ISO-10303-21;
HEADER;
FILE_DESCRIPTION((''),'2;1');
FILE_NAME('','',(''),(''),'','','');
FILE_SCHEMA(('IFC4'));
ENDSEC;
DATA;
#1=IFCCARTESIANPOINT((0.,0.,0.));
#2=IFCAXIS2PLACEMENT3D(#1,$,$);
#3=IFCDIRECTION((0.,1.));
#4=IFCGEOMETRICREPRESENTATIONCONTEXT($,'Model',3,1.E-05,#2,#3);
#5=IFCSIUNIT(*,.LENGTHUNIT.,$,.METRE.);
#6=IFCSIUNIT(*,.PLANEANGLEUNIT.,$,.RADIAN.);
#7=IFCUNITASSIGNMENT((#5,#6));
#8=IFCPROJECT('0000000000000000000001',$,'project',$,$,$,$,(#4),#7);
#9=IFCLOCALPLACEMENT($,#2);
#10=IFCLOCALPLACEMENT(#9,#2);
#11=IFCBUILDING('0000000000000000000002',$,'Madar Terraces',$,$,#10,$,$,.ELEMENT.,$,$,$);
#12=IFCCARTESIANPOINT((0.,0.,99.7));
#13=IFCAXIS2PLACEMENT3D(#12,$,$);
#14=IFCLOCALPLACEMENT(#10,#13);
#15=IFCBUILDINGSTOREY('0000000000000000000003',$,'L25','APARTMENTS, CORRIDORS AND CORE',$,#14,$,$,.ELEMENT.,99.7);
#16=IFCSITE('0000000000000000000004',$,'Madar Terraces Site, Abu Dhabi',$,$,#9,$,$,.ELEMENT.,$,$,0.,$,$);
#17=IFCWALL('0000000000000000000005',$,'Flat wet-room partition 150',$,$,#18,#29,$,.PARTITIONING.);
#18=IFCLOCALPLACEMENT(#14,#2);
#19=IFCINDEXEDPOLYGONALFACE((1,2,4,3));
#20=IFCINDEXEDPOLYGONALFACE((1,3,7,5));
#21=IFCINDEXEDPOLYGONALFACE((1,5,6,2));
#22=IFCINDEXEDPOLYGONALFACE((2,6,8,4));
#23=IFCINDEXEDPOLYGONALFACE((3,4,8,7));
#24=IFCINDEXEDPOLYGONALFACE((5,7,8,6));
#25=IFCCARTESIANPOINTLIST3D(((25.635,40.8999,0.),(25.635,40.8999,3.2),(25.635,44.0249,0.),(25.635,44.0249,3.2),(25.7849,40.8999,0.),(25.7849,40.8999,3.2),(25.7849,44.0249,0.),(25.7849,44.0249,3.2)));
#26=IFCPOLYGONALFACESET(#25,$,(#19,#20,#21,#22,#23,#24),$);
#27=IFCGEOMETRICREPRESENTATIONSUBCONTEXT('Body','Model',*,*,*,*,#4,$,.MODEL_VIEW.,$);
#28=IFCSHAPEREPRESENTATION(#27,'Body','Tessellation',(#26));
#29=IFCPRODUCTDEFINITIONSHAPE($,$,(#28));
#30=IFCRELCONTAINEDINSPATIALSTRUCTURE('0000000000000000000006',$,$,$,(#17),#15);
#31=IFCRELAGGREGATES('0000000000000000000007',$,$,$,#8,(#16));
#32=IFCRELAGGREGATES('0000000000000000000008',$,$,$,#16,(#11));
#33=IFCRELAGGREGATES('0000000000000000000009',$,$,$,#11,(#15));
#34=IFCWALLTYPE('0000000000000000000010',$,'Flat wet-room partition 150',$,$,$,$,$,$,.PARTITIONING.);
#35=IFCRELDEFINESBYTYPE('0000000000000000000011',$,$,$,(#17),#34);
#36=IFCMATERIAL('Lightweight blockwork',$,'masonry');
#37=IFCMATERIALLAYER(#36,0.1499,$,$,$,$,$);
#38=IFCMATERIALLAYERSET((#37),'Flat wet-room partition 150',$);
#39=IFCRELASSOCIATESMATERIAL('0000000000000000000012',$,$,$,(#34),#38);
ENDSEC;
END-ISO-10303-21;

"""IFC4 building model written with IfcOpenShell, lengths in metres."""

from ifc_helpers import new_model, si_unit, direction, frame, frame_2d, origin, place, context, subcontext, project, spatial, rectangle, extrude, material, layer, layer_set, type_object, element, save


model = new_model("IFC4")

# Units and contexts
model_context = context("Model", 3, precision=1e-05, world=origin(), true_north=direction((0.0, 1.0)))
body_context = subcontext(model_context, "Body", "Model", "MODEL_VIEW")
ifc_project = project(units=[si_unit("LENGTHUNIT", "METRE"), si_unit("PLANEANGLEUNIT", "RADIAN")], contexts=[model_context])

# Site, building, storey
site_placement = place(None, origin())
site = spatial("IfcSite", under=ifc_project, at=site_placement, Name="Madar Terraces Site, Abu Dhabi", CompositionType="ELEMENT", RefElevation=0.0)
building_placement = place(site_placement, origin())
building = spatial("IfcBuilding", under=site, at=building_placement, Name="Madar Terraces", CompositionType="ELEMENT")
storey_placement = place(building_placement, frame((0.0, 0.0, 99.7)))
storey = spatial("IfcBuildingStorey", under=building, at=storey_placement, Name="L25", Description="APARTMENTS, CORRIDORS AND CORE", CompositionType="ELEMENT", Elevation=99.7)

# Wall
ifc_material_1 = material(Name="Lightweight blockwork", Category="masonry")
ifc_layer_1 = layer(ifc_material_1, 0.1499)
ifc_layer_set_1 = layer_set([ifc_layer_1], Name="Flat wet-room partition 150")
wall_type_1 = type_object("IfcWallType", Name="Flat wet-room partition 150", PredefinedType="PARTITIONING", material=ifc_layer_set_1)
wall_1_placement = place(storey_placement, frame((25.71, 40.8999, 0.0), z_axis=(0.0, 0.0, 1.0), x_axis=(0.0, 1.0, 0.0)))
element("IfcWall", 1, at=wall_1_placement, inside=storey, type_object=wall_type_1, Name="Flat wet-room partition 150", PredefinedType="PARTITIONING", context=body_context, shape_type="SweptSolid", body=[
    extrude(rectangle(XDim=3.125, YDim=0.1499, at=frame_2d((1.5625, 0.0))), origin(), (0.0, 0.0, 1.0), 3.2),
])

save(model, "model.ifc")
